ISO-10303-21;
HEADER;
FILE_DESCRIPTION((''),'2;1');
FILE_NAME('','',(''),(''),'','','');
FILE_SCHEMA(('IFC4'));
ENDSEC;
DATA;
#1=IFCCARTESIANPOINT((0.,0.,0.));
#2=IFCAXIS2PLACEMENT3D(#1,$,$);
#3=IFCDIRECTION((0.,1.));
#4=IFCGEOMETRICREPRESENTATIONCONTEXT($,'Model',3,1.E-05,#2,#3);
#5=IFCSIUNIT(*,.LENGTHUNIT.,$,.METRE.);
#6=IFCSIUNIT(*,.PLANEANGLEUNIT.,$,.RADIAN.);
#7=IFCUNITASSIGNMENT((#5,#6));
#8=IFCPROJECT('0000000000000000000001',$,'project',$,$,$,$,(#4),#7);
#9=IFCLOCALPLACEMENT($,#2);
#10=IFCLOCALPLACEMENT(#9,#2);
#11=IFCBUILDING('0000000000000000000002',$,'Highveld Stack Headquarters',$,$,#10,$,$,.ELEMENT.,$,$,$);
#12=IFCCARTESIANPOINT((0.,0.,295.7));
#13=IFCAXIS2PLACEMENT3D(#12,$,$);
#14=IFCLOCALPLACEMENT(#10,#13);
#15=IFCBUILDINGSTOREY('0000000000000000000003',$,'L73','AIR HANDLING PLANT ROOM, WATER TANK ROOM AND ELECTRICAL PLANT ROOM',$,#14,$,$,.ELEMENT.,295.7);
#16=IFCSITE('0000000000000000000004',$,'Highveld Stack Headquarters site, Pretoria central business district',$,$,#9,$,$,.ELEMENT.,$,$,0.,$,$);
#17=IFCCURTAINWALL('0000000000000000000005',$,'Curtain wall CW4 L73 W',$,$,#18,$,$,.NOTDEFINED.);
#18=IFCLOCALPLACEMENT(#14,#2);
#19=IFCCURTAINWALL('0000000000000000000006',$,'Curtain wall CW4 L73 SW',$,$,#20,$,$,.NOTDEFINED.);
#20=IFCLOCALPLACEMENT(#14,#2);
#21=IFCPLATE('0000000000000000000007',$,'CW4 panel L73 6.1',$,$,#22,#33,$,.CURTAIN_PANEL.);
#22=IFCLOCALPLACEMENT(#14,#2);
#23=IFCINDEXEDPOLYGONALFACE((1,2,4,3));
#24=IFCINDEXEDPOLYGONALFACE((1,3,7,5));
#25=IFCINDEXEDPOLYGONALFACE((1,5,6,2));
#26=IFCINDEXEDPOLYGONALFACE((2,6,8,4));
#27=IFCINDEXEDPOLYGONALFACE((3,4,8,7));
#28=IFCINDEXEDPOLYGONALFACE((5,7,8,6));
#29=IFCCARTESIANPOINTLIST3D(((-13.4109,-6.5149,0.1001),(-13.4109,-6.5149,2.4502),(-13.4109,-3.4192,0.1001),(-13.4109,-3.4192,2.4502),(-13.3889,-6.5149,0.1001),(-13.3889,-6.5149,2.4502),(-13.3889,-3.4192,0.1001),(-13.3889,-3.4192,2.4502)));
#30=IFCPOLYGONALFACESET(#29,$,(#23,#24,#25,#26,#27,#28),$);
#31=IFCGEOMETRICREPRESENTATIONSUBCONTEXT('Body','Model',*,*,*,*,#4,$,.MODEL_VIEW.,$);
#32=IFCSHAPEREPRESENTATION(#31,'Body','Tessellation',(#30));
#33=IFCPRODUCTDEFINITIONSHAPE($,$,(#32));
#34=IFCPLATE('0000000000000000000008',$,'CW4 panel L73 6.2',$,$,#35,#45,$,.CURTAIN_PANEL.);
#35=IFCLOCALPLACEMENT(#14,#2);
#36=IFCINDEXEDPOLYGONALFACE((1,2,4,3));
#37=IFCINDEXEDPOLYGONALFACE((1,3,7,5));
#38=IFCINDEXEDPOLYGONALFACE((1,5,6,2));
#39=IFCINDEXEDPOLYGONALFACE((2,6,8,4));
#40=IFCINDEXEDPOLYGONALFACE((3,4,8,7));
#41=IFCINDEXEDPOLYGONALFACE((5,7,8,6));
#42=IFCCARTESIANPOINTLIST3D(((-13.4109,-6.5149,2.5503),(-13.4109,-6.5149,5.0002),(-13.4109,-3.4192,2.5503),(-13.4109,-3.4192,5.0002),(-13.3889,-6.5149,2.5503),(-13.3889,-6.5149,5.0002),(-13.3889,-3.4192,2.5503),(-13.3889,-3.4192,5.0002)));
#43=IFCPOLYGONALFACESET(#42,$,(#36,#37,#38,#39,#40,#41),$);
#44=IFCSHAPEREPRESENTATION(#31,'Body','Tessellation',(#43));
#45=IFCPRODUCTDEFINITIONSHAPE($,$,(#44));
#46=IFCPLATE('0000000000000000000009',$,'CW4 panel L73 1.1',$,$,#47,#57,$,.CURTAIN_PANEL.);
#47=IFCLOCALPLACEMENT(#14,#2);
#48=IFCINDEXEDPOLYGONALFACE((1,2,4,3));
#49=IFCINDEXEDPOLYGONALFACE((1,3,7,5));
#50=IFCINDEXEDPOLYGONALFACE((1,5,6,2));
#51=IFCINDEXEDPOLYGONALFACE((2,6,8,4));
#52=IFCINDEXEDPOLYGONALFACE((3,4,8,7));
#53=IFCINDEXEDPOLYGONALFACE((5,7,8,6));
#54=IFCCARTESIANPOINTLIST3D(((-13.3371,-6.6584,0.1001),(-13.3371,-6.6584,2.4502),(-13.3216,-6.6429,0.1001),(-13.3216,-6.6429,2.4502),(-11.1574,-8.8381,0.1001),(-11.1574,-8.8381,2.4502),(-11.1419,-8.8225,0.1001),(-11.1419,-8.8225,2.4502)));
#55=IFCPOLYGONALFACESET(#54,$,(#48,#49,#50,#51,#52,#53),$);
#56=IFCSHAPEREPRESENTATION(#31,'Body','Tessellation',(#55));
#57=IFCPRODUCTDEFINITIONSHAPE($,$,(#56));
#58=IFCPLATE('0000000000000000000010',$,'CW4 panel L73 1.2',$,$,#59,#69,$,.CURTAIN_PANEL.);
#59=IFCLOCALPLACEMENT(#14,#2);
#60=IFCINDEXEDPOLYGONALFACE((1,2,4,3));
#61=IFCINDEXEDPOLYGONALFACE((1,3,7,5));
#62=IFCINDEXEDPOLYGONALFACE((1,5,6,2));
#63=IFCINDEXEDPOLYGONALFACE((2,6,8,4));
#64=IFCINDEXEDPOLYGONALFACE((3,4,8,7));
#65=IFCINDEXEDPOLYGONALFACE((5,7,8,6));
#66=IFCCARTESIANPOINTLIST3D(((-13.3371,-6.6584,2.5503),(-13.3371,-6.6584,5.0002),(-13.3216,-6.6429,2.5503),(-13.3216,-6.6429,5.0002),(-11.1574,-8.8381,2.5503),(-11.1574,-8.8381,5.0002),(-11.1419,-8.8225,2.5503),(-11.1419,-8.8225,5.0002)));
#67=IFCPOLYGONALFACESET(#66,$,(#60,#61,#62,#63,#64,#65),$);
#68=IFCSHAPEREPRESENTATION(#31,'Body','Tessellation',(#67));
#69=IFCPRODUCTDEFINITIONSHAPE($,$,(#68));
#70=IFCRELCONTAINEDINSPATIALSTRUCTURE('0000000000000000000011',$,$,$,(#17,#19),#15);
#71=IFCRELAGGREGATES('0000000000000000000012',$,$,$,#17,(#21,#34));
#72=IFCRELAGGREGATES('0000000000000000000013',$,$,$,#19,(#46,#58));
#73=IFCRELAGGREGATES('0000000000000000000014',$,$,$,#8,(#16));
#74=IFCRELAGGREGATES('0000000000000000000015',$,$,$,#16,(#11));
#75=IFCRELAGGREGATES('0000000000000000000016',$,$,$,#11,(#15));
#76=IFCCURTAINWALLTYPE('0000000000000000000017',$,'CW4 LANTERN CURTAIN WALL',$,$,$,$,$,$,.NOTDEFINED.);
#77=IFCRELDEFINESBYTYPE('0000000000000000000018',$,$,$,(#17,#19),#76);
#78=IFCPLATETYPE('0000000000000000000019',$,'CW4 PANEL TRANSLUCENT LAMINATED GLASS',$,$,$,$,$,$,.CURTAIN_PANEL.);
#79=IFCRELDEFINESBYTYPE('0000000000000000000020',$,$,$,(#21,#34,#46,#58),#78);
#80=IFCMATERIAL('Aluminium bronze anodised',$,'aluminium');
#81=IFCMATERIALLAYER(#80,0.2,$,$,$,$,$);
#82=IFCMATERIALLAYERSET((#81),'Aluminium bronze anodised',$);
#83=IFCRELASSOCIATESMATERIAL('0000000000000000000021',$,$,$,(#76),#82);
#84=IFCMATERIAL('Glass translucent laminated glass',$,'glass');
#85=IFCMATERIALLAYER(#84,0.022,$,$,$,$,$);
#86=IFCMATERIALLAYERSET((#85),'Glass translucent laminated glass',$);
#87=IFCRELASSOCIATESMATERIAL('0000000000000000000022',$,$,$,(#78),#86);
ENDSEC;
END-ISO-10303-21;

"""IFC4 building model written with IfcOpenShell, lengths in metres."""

from ifc_helpers import new_model, si_unit, direction, frame, origin, origin_2d, place, context, subcontext, project, spatial, rectangle, extrude, material, layer, layer_set, type_object, element, aggregate, save


model = new_model("IFC4")

# Units and contexts
model_context = context("Model", 3, precision=1e-05, world=origin(), true_north=direction((0.0, 1.0)))
body_context = subcontext(model_context, "Body", "Model", "MODEL_VIEW")
ifc_project = project(units=[si_unit("LENGTHUNIT", "METRE"), si_unit("PLANEANGLEUNIT", "RADIAN")], contexts=[model_context])

# Site, building, storey
site_placement = place(None, origin())
site = spatial("IfcSite", under=ifc_project, at=site_placement, Name="Highveld Stack Headquarters site, Pretoria central business district", CompositionType="ELEMENT", RefElevation=0.0)
building_placement = place(site_placement, origin())
building = spatial("IfcBuilding", under=site, at=building_placement, Name="Highveld Stack Headquarters", CompositionType="ELEMENT")
storey_placement = place(building_placement, frame((0.0, 0.0, 295.7)))
storey = spatial("IfcBuildingStorey", under=building, at=storey_placement, Name="L73", Description="AIR HANDLING PLANT ROOM, WATER TANK ROOM AND ELECTRICAL PLANT ROOM", CompositionType="ELEMENT", Elevation=295.7)

# Curtain wall
ifc_material_1 = material(Name="Aluminium bronze anodised", Category="aluminium")
ifc_layer_1 = layer(ifc_material_1, 0.2)
ifc_layer_set_1 = layer_set([ifc_layer_1], Name="Aluminium bronze anodised")
curtain_wall_type = type_object("IfcCurtainWallType", Name="CW4 LANTERN CURTAIN WALL", PredefinedType="NOTDEFINED", material=ifc_layer_set_1)
curtain_wall_1_placement = place(storey_placement, origin())
curtain_wall_1 = element("IfcCurtainWall", 1, at=curtain_wall_1_placement, inside=storey, type_object=curtain_wall_type, Name="Curtain wall CW4 L73 W", PredefinedType="NOTDEFINED")

# Curtain wall
curtain_wall_2_placement = place(storey_placement, origin())
curtain_wall_2 = element("IfcCurtainWall", 2, at=curtain_wall_2_placement, inside=storey, type_object=curtain_wall_type, Name="Curtain wall CW4 L73 SW", PredefinedType="NOTDEFINED")

# Plates
ifc_material_2 = material(Name="Glass translucent laminated glass", Category="glass")
ifc_layer_2 = layer(ifc_material_2, 0.022)
ifc_layer_set_2 = layer_set([ifc_layer_2], Name="Glass translucent laminated glass")
plate_type = type_object("IfcPlateType", Name="CW4 PANEL TRANSLUCENT LAMINATED GLASS", PredefinedType="CURTAIN_PANEL", material=ifc_layer_set_2)
plate_1_placement = place(storey_placement, frame((-13.3999, -4.967, 0.1001), z_axis=(0.0, 0.0, 1.0), x_axis=(0.0, -1.0, 0.0)))
plate_1 = element("IfcPlate", 3, at=plate_1_placement, type_object=plate_type, Name="CW4 panel L73 6.1", PredefinedType="CURTAIN_PANEL", context=body_context, shape_type="SweptSolid", body=[
    extrude(rectangle(XDim=3.0957, YDim=0.022, at=origin_2d()), origin(), (0.0, 0.0, 1.0), 2.3501),
])
plate_2_placement = place(storey_placement, frame((-13.3999, -4.967, 2.5503), z_axis=(0.0, 0.0, 1.0), x_axis=(0.0, -1.0, 0.0)))
plate_2 = element("IfcPlate", 4, at=plate_2_placement, type_object=plate_type, Name="CW4 panel L73 6.2", PredefinedType="CURTAIN_PANEL", context=body_context, shape_type="SweptSolid", body=[
    extrude(rectangle(XDim=3.0957, YDim=0.022, at=origin_2d()), origin(), (0.0, 0.0, 1.0), 2.45),
])
aggregate(curtain_wall_1, [plate_1, plate_2])
plate_3_placement = place(storey_placement, frame((-12.2395, -7.7405, 0.1001), z_axis=(0.0, 0.0, 1.0), x_axis=(0.707107, -0.707107, 0.0)))
plate_3 = element("IfcPlate", 5, at=plate_3_placement, type_object=plate_type, Name="CW4 panel L73 1.1", PredefinedType="CURTAIN_PANEL", context=body_context, shape_type="SweptSolid", body=[
    extrude(rectangle(XDim=3.0825, YDim=0.022, at=origin_2d()), origin(), (0.0, 0.0, 1.0), 2.3501),
])
plate_4_placement = place(storey_placement, frame((-12.2395, -7.7405, 2.5503), z_axis=(0.0, 0.0, 1.0), x_axis=(0.707107, -0.707107, 0.0)))
plate_4 = element("IfcPlate", 6, at=plate_4_placement, type_object=plate_type, Name="CW4 panel L73 1.2", PredefinedType="CURTAIN_PANEL", context=body_context, shape_type="SweptSolid", body=[
    extrude(rectangle(XDim=3.0825, YDim=0.022, at=origin_2d()), origin(), (0.0, 0.0, 1.0), 2.45),
])
aggregate(curtain_wall_2, [plate_3, plate_4])

save(model, "model.ifc")
